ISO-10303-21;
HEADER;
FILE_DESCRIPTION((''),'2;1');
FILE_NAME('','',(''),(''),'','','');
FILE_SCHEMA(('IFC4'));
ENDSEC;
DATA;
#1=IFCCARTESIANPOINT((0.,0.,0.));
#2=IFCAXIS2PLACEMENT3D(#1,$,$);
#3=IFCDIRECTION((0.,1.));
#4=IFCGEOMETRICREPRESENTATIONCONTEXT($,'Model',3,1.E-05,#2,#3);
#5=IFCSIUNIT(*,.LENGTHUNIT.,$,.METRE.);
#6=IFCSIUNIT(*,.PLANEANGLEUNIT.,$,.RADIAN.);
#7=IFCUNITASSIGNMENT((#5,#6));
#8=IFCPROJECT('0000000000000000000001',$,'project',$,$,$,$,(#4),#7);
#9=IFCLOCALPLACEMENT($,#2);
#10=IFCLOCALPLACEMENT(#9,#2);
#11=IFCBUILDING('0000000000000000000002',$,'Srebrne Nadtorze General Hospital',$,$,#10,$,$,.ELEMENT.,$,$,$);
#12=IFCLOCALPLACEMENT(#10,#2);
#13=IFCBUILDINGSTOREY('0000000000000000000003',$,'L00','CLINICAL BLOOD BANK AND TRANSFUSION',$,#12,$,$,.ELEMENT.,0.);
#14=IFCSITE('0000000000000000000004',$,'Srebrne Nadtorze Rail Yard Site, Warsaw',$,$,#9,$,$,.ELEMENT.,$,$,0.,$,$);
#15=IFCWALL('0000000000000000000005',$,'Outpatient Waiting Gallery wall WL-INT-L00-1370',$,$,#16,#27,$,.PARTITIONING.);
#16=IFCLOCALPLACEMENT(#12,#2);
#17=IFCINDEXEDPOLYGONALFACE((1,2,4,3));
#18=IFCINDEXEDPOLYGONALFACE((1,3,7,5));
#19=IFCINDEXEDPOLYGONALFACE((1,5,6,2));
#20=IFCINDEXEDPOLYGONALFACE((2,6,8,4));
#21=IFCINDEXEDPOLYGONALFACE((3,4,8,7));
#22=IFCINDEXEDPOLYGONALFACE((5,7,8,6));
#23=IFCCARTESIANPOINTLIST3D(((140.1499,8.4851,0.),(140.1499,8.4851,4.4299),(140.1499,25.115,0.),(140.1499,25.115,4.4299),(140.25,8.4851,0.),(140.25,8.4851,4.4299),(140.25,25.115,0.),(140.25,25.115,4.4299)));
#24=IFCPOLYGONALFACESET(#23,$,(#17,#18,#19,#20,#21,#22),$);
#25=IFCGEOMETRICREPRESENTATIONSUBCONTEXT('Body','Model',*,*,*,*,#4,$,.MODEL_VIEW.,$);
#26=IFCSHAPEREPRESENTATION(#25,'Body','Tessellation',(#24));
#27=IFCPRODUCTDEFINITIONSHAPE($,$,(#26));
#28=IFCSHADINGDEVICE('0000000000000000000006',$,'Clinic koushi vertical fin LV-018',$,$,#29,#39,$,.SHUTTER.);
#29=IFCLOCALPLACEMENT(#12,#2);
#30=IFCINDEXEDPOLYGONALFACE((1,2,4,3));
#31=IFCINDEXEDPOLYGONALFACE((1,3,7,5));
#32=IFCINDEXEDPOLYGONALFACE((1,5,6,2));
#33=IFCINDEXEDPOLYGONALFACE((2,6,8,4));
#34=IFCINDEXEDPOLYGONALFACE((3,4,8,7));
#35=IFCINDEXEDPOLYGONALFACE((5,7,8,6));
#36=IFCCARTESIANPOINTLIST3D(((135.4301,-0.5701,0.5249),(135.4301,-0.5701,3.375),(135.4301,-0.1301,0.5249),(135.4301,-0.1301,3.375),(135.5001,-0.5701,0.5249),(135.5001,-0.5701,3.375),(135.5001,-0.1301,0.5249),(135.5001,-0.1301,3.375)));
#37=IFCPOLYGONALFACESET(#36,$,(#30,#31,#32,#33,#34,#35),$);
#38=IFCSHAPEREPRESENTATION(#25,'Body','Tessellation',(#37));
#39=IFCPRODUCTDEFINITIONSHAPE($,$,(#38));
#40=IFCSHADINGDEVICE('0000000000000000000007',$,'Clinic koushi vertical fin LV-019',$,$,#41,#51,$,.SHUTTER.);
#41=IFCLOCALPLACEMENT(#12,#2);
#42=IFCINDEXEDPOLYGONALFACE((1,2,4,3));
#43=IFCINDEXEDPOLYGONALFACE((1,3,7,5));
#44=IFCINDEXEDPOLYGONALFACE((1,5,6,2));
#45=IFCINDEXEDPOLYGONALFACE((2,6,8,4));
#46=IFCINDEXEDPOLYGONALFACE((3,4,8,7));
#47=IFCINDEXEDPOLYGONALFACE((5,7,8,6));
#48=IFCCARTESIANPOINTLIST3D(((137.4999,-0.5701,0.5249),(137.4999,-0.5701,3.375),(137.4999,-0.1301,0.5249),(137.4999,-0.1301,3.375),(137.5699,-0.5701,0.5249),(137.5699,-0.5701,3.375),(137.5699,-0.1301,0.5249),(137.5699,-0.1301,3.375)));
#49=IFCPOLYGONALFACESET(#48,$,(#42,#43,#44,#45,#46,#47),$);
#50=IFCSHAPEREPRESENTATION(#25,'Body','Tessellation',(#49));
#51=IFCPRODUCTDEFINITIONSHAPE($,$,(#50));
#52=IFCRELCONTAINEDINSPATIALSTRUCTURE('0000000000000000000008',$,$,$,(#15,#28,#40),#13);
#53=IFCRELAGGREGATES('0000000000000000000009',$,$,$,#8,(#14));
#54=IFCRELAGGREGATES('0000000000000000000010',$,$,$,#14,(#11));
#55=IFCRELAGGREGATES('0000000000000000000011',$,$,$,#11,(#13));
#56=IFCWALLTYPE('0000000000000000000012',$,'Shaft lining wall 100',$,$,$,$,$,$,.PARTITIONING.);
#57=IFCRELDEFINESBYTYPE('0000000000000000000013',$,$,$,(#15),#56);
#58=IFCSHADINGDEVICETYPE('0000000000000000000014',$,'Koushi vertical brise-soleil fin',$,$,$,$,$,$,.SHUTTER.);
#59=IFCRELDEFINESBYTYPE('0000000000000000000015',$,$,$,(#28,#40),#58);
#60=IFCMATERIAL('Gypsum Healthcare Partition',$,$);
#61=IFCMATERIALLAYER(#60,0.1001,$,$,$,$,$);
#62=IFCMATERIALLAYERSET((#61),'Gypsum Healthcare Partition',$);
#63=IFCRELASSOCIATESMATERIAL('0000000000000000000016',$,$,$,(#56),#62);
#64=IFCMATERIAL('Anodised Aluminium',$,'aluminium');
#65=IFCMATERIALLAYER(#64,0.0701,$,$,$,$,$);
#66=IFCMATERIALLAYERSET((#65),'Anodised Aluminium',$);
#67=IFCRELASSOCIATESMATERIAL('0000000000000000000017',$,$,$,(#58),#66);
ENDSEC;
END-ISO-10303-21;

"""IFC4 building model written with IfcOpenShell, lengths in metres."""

from ifc_helpers import new_model, si_unit, direction, frame, frame_2d, origin, origin_2d, place, context, subcontext, project, spatial, rectangle, extrude, material, layer, layer_set, type_object, element, save


model = new_model("IFC4")

# Units and contexts
model_context = context("Model", 3, precision=1e-05, world=origin(), true_north=direction((0.0, 1.0)))
body_context = subcontext(model_context, "Body", "Model", "MODEL_VIEW")
ifc_project = project(units=[si_unit("LENGTHUNIT", "METRE"), si_unit("PLANEANGLEUNIT", "RADIAN")], contexts=[model_context])

# Site, building, storey
site_placement = place(None, origin())
site = spatial("IfcSite", under=ifc_project, at=site_placement, Name="Srebrne Nadtorze Rail Yard Site, Warsaw", CompositionType="ELEMENT", RefElevation=0.0)
building_placement = place(site_placement, origin())
building = spatial("IfcBuilding", under=site, at=building_placement, Name="Srebrne Nadtorze General Hospital", CompositionType="ELEMENT")
storey_placement = place(building_placement, origin())
storey = spatial("IfcBuildingStorey", under=building, at=storey_placement, Name="L00", Description="CLINICAL BLOOD BANK AND TRANSFUSION", CompositionType="ELEMENT", Elevation=0.0)

# Wall
ifc_material_1 = material(Name="Gypsum Healthcare Partition")
ifc_layer_1 = layer(ifc_material_1, 0.1001)
ifc_layer_set_1 = layer_set([ifc_layer_1], Name="Gypsum Healthcare Partition")
wall_type_1 = type_object("IfcWallType", Name="Shaft lining wall 100", PredefinedType="PARTITIONING", material=ifc_layer_set_1)
wall_1_placement = place(storey_placement, frame((140.2, 8.4851, 0.0), z_axis=(0.0, 0.0, 1.0), x_axis=(0.0, 1.0, 0.0)))
element("IfcWall", 1, at=wall_1_placement, inside=storey, type_object=wall_type_1, Name="Outpatient Waiting Gallery wall WL-INT-L00-1370", PredefinedType="PARTITIONING", context=body_context, shape_type="SweptSolid", body=[
    extrude(rectangle(XDim=16.6299, YDim=0.1001, at=frame_2d((8.3149, 0.0))), origin(), (0.0, 0.0, 1.0), 4.4299),
])

# Shading devices
ifc_material_2 = material(Name="Anodised Aluminium", Category="aluminium")
ifc_layer_2 = layer(ifc_material_2, 0.0701)
ifc_layer_set_2 = layer_set([ifc_layer_2], Name="Anodised Aluminium")
shading_device_type = type_object("IfcShadingDeviceType", Name="Koushi vertical brise-soleil fin", PredefinedType="SHUTTER", material=ifc_layer_set_2)
for number, where, z_axis, x_axis, name in (
    (2, (135.4651, -0.3501, 0.5249), (0.0, 0.0, 1.0), (1.0, 0.0, 0.0), "Clinic koushi vertical fin LV-018"),
    (3, (137.5349, -0.3501, 0.5249), (0.0, 0.0, 1.0), (1.0, 0.0, 0.0), "Clinic koushi vertical fin LV-019"),
):
    element("IfcShadingDevice", number, at=place(storey_placement, frame(where, z_axis=z_axis, x_axis=x_axis)), inside=storey, type_object=shading_device_type, Name=name, PredefinedType="SHUTTER", context=body_context, shape_type="SweptSolid", body=[
        extrude(rectangle(XDim=0.0701, YDim=0.4399, at=origin_2d()), origin(), (0.0, 0.0, 1.0), 2.8501),
    ])

save(model, "model.ifc")
